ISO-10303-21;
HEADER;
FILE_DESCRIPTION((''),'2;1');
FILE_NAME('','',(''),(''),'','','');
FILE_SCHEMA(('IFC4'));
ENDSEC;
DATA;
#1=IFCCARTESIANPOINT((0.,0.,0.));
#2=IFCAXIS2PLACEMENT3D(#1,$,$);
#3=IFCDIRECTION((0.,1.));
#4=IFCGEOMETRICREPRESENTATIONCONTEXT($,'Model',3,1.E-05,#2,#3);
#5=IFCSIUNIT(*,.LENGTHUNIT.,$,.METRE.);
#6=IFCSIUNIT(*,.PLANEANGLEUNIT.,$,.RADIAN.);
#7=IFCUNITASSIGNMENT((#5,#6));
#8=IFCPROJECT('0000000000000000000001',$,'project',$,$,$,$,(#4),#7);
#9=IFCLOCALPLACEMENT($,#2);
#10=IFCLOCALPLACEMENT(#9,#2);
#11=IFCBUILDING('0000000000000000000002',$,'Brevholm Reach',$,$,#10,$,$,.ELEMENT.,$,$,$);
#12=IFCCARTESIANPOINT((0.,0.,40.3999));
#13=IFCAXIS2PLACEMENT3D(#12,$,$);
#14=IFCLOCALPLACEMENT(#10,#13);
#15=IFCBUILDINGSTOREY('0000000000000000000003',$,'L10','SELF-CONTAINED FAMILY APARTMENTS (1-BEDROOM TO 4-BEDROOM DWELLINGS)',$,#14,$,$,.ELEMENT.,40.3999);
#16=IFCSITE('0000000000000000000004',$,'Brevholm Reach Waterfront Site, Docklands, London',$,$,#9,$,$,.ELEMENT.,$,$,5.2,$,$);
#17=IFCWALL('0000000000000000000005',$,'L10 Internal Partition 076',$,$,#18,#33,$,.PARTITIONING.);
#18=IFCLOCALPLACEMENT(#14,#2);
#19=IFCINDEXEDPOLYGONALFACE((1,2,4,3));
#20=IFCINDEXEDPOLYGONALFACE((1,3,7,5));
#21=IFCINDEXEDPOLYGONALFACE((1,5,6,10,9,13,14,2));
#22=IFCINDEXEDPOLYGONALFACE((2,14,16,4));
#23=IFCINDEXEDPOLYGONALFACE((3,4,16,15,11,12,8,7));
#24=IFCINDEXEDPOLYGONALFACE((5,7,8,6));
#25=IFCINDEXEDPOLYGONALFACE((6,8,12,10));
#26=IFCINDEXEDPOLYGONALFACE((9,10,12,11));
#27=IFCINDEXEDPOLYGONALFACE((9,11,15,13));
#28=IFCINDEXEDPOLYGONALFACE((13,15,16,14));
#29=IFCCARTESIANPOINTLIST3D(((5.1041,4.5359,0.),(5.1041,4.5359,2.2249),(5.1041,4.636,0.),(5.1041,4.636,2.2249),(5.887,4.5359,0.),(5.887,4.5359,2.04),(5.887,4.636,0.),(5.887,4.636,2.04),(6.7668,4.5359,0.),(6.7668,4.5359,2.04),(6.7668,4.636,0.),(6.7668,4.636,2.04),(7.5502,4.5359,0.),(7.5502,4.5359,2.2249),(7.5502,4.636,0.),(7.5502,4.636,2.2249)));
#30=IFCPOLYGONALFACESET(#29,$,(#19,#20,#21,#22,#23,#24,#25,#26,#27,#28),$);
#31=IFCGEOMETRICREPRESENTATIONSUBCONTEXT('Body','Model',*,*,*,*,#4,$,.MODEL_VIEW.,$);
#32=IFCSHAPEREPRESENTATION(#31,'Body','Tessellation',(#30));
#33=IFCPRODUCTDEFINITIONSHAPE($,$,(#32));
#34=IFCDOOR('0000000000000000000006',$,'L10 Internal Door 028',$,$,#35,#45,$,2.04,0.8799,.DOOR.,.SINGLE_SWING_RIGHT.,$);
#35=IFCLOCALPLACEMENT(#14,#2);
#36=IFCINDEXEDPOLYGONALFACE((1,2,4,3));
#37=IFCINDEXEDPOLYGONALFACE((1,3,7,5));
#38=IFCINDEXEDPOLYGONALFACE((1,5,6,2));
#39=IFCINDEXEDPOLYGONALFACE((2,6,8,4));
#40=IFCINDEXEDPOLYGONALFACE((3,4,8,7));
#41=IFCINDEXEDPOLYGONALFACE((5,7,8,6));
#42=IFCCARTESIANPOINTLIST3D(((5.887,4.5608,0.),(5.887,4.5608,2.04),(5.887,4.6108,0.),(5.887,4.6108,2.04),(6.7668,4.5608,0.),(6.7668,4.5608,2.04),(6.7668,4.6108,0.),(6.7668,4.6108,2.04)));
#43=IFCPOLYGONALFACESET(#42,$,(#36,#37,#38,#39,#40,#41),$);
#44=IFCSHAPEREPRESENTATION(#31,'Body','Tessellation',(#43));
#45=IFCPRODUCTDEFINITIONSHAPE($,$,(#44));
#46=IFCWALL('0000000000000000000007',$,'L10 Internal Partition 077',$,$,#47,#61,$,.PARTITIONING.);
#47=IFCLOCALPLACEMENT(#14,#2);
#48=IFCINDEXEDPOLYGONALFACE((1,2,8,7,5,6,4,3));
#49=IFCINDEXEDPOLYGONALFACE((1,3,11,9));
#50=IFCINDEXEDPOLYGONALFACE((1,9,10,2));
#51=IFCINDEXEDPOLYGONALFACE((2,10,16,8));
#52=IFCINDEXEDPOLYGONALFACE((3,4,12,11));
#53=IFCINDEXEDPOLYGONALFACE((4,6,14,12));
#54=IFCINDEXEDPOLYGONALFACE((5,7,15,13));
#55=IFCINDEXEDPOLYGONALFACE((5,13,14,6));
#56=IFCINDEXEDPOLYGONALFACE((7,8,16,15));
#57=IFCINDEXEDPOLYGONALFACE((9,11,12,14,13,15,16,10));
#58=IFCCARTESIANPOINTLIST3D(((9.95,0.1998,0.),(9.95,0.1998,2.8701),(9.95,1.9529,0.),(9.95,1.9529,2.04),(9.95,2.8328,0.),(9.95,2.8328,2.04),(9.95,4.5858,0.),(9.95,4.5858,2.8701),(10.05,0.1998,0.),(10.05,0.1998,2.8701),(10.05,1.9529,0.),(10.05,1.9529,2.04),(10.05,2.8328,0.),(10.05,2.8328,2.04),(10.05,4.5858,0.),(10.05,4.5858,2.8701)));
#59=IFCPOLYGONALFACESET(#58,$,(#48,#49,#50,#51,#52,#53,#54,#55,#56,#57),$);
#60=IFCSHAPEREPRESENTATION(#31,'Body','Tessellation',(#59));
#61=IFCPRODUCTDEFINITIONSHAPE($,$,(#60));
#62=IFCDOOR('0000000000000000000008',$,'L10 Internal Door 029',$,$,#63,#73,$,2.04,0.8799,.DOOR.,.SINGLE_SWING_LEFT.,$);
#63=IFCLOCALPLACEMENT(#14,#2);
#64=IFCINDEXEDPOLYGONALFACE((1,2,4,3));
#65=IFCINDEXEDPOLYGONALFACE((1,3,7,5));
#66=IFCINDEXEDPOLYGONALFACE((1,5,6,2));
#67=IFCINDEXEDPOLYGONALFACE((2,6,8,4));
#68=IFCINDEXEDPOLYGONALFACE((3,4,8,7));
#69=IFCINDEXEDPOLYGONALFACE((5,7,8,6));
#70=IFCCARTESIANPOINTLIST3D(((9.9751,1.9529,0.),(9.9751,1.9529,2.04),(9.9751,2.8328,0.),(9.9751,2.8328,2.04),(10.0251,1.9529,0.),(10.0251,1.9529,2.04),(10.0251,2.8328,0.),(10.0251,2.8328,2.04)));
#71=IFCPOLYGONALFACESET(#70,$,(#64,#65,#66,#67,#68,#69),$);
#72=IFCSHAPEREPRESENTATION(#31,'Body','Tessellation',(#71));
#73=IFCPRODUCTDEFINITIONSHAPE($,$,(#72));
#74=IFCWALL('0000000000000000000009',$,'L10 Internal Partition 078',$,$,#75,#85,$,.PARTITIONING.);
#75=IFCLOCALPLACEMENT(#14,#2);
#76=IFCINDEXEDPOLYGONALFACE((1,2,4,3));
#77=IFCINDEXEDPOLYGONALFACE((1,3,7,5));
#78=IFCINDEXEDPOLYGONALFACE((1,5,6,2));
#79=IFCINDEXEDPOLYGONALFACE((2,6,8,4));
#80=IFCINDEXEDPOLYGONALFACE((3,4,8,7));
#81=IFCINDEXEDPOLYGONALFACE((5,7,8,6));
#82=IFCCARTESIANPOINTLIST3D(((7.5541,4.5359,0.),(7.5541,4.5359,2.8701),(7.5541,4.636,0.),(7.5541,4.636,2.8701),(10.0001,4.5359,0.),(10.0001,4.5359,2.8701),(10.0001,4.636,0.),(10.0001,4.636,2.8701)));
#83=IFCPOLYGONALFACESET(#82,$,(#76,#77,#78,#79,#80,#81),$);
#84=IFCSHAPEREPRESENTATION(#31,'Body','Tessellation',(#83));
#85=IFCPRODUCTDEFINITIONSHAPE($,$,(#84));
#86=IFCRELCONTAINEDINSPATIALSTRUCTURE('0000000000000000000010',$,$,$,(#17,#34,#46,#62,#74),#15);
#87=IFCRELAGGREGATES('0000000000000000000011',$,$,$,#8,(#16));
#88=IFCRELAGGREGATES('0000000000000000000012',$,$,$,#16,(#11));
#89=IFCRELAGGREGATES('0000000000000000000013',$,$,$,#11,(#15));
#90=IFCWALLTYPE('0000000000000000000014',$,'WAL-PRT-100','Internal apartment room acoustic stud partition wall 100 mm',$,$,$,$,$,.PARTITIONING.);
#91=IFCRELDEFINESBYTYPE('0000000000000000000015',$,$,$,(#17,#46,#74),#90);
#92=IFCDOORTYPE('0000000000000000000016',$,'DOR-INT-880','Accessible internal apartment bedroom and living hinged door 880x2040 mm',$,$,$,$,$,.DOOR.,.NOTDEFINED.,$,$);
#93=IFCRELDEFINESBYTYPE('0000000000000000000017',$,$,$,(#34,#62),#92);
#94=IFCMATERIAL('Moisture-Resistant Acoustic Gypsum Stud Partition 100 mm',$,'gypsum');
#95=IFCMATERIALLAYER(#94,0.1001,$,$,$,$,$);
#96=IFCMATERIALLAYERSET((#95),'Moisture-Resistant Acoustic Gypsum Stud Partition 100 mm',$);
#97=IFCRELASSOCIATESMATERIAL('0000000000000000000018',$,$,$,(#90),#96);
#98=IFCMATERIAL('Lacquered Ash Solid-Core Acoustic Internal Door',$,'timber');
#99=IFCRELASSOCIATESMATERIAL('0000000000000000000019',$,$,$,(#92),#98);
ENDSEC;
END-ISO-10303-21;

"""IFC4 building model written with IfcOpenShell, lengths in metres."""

from ifc_helpers import new_model, si_unit, direction, frame, frame_2d, origin, place, context, subcontext, project, spatial, rectangle, extrude, material, layer, layer_set, type_object, element, fill, save


model = new_model("IFC4")

# Units and contexts
model_context = context("Model", 3, precision=1e-05, world=origin(), true_north=direction((0.0, 1.0)))
body_context = subcontext(model_context, "Body", "Model", "MODEL_VIEW")
ifc_project = project(units=[si_unit("LENGTHUNIT", "METRE"), si_unit("PLANEANGLEUNIT", "RADIAN")], contexts=[model_context])

# Site, building, storey
site_placement = place(None, origin())
site = spatial("IfcSite", under=ifc_project, at=site_placement, Name="Brevholm Reach Waterfront Site, Docklands, London", CompositionType="ELEMENT", RefElevation=5.2)
building_placement = place(site_placement, origin())
building = spatial("IfcBuilding", under=site, at=building_placement, Name="Brevholm Reach", CompositionType="ELEMENT")
storey_placement = place(building_placement, frame((0.0, 0.0, 40.3999)))
storey = spatial("IfcBuildingStorey", under=building, at=storey_placement, Name="L10", Description="SELF-CONTAINED FAMILY APARTMENTS (1-BEDROOM TO 4-BEDROOM DWELLINGS)", CompositionType="ELEMENT", Elevation=40.3999)

# Shared definitions
ifc_material_1 = material(Name="Moisture-Resistant Acoustic Gypsum Stud Partition 100 mm", Category="gypsum")
ifc_layer = layer(ifc_material_1, 0.1001)
ifc_layer_set = layer_set([ifc_layer], Name="Moisture-Resistant Acoustic Gypsum Stud Partition 100 mm")
wall_type = type_object("IfcWallType", Name="WAL-PRT-100", Description="Internal apartment room acoustic stud partition wall 100 mm", PredefinedType="PARTITIONING", material=ifc_layer_set)

# Walls, openings, doors
wall_1_placement = place(storey_placement, frame((5.104, 4.5859, 0.0), z_axis=(0.0, 0.0, 1.0), x_axis=(1.0, 0.0, 0.0)))
wall_1 = element("IfcWall", 1, at=wall_1_placement, inside=storey, type_object=wall_type, Name="L10 Internal Partition 076", PredefinedType="PARTITIONING", context=body_context, shape_type="SweptSolid", body=[
    extrude(rectangle(XDim=2.446, YDim=0.1001, at=frame_2d((1.2231, 0.0))), origin(), (0.0, 0.0, 1.0), 2.2249),
])
opening_1_placement = place(wall_1_placement, frame((0.783, 0.0, 0.0)))
opening_1 = element("IfcOpeningElement", 2, at=opening_1_placement, cuts=wall_1, PredefinedType="OPENING", context=body_context, shape_type="SweptSolid", body=[
    extrude(rectangle(XDim=0.8799, YDim=2.04, at=frame_2d((0.4399, 1.02))), frame((0.0, 0.0601, 0.0), z_axis=(0.0, -1.0, 0.0), x_axis=(1.0, 0.0, 0.0)), (0.0, 0.0, 1.0), 0.1201),
])
ifc_material_2 = material(Name="Lacquered Ash Solid-Core Acoustic Internal Door", Category="timber")
door_type = type_object("IfcDoorType", Name="DOR-INT-880", Description="Accessible internal apartment bedroom and living hinged door 880x2040 mm", OperationType="NOTDEFINED", PredefinedType="DOOR", material=ifc_material_2)
door_1_placement = place(opening_1_placement, origin())
door_1 = element("IfcDoor", 3, at=door_1_placement, inside=storey, type_object=door_type, Name="L10 Internal Door 028", OperationType="SINGLE_SWING_RIGHT", OverallHeight=2.04, OverallWidth=0.8799, PredefinedType="DOOR", context=body_context, shape_type="SweptSolid", body=[
    extrude(rectangle(XDim=0.8799, YDim=2.04, at=frame_2d((0.4399, 1.02))), frame((0.0, 0.0249, 0.0), z_axis=(0.0, -1.0, 0.0), x_axis=(1.0, 0.0, 0.0)), (0.0, 0.0, 1.0), 0.05),
])
fill(opening_1, door_1)
wall_2_placement = place(storey_placement, frame((10.0, 0.2, 0.0), z_axis=(0.0, 0.0, 1.0), x_axis=(0.0, 1.0, 0.0)))
wall_2 = element("IfcWall", 4, at=wall_2_placement, inside=storey, type_object=wall_type, Name="L10 Internal Partition 077", PredefinedType="PARTITIONING", context=body_context, shape_type="SweptSolid", body=[
    extrude(rectangle(XDim=4.386, YDim=0.1001, at=frame_2d((2.1929, 0.0))), origin(), (0.0, 0.0, 1.0), 2.8701),
])
opening_2_placement = place(wall_2_placement, frame((1.7529, 0.0, 0.0)))
opening_2 = element("IfcOpeningElement", 5, at=opening_2_placement, cuts=wall_2, PredefinedType="OPENING", context=body_context, shape_type="SweptSolid", body=[
    extrude(rectangle(XDim=0.8799, YDim=2.04, at=frame_2d((0.4399, 1.02))), frame((0.0, 0.0601, 0.0), z_axis=(0.0, -1.0, 0.0), x_axis=(1.0, 0.0, 0.0)), (0.0, 0.0, 1.0), 0.1201),
])
door_2_placement = place(opening_2_placement, origin())
door_2 = element("IfcDoor", 6, at=door_2_placement, inside=storey, type_object=door_type, Name="L10 Internal Door 029", OperationType="SINGLE_SWING_LEFT", OverallHeight=2.04, OverallWidth=0.8799, PredefinedType="DOOR", context=body_context, shape_type="SweptSolid", body=[
    extrude(rectangle(XDim=0.8799, YDim=2.04, at=frame_2d((0.4399, 1.02))), frame((0.0, 0.0249, 0.0), z_axis=(0.0, -1.0, 0.0), x_axis=(1.0, 0.0, 0.0)), (0.0, 0.0, 1.0), 0.05),
])
fill(opening_2, door_2)

# Wall
wall_3_placement = place(storey_placement, frame((7.554, 4.5859, 0.0), z_axis=(0.0, 0.0, 1.0), x_axis=(1.0, 0.0, 0.0)))
element("IfcWall", 7, at=wall_3_placement, inside=storey, type_object=wall_type, Name="L10 Internal Partition 078", PredefinedType="PARTITIONING", context=body_context, shape_type="SweptSolid", body=[
    extrude(rectangle(XDim=2.446, YDim=0.1001, at=frame_2d((1.2231, 0.0))), origin(), (0.0, 0.0, 1.0), 2.8701),
])

save(model, "model.ifc")
